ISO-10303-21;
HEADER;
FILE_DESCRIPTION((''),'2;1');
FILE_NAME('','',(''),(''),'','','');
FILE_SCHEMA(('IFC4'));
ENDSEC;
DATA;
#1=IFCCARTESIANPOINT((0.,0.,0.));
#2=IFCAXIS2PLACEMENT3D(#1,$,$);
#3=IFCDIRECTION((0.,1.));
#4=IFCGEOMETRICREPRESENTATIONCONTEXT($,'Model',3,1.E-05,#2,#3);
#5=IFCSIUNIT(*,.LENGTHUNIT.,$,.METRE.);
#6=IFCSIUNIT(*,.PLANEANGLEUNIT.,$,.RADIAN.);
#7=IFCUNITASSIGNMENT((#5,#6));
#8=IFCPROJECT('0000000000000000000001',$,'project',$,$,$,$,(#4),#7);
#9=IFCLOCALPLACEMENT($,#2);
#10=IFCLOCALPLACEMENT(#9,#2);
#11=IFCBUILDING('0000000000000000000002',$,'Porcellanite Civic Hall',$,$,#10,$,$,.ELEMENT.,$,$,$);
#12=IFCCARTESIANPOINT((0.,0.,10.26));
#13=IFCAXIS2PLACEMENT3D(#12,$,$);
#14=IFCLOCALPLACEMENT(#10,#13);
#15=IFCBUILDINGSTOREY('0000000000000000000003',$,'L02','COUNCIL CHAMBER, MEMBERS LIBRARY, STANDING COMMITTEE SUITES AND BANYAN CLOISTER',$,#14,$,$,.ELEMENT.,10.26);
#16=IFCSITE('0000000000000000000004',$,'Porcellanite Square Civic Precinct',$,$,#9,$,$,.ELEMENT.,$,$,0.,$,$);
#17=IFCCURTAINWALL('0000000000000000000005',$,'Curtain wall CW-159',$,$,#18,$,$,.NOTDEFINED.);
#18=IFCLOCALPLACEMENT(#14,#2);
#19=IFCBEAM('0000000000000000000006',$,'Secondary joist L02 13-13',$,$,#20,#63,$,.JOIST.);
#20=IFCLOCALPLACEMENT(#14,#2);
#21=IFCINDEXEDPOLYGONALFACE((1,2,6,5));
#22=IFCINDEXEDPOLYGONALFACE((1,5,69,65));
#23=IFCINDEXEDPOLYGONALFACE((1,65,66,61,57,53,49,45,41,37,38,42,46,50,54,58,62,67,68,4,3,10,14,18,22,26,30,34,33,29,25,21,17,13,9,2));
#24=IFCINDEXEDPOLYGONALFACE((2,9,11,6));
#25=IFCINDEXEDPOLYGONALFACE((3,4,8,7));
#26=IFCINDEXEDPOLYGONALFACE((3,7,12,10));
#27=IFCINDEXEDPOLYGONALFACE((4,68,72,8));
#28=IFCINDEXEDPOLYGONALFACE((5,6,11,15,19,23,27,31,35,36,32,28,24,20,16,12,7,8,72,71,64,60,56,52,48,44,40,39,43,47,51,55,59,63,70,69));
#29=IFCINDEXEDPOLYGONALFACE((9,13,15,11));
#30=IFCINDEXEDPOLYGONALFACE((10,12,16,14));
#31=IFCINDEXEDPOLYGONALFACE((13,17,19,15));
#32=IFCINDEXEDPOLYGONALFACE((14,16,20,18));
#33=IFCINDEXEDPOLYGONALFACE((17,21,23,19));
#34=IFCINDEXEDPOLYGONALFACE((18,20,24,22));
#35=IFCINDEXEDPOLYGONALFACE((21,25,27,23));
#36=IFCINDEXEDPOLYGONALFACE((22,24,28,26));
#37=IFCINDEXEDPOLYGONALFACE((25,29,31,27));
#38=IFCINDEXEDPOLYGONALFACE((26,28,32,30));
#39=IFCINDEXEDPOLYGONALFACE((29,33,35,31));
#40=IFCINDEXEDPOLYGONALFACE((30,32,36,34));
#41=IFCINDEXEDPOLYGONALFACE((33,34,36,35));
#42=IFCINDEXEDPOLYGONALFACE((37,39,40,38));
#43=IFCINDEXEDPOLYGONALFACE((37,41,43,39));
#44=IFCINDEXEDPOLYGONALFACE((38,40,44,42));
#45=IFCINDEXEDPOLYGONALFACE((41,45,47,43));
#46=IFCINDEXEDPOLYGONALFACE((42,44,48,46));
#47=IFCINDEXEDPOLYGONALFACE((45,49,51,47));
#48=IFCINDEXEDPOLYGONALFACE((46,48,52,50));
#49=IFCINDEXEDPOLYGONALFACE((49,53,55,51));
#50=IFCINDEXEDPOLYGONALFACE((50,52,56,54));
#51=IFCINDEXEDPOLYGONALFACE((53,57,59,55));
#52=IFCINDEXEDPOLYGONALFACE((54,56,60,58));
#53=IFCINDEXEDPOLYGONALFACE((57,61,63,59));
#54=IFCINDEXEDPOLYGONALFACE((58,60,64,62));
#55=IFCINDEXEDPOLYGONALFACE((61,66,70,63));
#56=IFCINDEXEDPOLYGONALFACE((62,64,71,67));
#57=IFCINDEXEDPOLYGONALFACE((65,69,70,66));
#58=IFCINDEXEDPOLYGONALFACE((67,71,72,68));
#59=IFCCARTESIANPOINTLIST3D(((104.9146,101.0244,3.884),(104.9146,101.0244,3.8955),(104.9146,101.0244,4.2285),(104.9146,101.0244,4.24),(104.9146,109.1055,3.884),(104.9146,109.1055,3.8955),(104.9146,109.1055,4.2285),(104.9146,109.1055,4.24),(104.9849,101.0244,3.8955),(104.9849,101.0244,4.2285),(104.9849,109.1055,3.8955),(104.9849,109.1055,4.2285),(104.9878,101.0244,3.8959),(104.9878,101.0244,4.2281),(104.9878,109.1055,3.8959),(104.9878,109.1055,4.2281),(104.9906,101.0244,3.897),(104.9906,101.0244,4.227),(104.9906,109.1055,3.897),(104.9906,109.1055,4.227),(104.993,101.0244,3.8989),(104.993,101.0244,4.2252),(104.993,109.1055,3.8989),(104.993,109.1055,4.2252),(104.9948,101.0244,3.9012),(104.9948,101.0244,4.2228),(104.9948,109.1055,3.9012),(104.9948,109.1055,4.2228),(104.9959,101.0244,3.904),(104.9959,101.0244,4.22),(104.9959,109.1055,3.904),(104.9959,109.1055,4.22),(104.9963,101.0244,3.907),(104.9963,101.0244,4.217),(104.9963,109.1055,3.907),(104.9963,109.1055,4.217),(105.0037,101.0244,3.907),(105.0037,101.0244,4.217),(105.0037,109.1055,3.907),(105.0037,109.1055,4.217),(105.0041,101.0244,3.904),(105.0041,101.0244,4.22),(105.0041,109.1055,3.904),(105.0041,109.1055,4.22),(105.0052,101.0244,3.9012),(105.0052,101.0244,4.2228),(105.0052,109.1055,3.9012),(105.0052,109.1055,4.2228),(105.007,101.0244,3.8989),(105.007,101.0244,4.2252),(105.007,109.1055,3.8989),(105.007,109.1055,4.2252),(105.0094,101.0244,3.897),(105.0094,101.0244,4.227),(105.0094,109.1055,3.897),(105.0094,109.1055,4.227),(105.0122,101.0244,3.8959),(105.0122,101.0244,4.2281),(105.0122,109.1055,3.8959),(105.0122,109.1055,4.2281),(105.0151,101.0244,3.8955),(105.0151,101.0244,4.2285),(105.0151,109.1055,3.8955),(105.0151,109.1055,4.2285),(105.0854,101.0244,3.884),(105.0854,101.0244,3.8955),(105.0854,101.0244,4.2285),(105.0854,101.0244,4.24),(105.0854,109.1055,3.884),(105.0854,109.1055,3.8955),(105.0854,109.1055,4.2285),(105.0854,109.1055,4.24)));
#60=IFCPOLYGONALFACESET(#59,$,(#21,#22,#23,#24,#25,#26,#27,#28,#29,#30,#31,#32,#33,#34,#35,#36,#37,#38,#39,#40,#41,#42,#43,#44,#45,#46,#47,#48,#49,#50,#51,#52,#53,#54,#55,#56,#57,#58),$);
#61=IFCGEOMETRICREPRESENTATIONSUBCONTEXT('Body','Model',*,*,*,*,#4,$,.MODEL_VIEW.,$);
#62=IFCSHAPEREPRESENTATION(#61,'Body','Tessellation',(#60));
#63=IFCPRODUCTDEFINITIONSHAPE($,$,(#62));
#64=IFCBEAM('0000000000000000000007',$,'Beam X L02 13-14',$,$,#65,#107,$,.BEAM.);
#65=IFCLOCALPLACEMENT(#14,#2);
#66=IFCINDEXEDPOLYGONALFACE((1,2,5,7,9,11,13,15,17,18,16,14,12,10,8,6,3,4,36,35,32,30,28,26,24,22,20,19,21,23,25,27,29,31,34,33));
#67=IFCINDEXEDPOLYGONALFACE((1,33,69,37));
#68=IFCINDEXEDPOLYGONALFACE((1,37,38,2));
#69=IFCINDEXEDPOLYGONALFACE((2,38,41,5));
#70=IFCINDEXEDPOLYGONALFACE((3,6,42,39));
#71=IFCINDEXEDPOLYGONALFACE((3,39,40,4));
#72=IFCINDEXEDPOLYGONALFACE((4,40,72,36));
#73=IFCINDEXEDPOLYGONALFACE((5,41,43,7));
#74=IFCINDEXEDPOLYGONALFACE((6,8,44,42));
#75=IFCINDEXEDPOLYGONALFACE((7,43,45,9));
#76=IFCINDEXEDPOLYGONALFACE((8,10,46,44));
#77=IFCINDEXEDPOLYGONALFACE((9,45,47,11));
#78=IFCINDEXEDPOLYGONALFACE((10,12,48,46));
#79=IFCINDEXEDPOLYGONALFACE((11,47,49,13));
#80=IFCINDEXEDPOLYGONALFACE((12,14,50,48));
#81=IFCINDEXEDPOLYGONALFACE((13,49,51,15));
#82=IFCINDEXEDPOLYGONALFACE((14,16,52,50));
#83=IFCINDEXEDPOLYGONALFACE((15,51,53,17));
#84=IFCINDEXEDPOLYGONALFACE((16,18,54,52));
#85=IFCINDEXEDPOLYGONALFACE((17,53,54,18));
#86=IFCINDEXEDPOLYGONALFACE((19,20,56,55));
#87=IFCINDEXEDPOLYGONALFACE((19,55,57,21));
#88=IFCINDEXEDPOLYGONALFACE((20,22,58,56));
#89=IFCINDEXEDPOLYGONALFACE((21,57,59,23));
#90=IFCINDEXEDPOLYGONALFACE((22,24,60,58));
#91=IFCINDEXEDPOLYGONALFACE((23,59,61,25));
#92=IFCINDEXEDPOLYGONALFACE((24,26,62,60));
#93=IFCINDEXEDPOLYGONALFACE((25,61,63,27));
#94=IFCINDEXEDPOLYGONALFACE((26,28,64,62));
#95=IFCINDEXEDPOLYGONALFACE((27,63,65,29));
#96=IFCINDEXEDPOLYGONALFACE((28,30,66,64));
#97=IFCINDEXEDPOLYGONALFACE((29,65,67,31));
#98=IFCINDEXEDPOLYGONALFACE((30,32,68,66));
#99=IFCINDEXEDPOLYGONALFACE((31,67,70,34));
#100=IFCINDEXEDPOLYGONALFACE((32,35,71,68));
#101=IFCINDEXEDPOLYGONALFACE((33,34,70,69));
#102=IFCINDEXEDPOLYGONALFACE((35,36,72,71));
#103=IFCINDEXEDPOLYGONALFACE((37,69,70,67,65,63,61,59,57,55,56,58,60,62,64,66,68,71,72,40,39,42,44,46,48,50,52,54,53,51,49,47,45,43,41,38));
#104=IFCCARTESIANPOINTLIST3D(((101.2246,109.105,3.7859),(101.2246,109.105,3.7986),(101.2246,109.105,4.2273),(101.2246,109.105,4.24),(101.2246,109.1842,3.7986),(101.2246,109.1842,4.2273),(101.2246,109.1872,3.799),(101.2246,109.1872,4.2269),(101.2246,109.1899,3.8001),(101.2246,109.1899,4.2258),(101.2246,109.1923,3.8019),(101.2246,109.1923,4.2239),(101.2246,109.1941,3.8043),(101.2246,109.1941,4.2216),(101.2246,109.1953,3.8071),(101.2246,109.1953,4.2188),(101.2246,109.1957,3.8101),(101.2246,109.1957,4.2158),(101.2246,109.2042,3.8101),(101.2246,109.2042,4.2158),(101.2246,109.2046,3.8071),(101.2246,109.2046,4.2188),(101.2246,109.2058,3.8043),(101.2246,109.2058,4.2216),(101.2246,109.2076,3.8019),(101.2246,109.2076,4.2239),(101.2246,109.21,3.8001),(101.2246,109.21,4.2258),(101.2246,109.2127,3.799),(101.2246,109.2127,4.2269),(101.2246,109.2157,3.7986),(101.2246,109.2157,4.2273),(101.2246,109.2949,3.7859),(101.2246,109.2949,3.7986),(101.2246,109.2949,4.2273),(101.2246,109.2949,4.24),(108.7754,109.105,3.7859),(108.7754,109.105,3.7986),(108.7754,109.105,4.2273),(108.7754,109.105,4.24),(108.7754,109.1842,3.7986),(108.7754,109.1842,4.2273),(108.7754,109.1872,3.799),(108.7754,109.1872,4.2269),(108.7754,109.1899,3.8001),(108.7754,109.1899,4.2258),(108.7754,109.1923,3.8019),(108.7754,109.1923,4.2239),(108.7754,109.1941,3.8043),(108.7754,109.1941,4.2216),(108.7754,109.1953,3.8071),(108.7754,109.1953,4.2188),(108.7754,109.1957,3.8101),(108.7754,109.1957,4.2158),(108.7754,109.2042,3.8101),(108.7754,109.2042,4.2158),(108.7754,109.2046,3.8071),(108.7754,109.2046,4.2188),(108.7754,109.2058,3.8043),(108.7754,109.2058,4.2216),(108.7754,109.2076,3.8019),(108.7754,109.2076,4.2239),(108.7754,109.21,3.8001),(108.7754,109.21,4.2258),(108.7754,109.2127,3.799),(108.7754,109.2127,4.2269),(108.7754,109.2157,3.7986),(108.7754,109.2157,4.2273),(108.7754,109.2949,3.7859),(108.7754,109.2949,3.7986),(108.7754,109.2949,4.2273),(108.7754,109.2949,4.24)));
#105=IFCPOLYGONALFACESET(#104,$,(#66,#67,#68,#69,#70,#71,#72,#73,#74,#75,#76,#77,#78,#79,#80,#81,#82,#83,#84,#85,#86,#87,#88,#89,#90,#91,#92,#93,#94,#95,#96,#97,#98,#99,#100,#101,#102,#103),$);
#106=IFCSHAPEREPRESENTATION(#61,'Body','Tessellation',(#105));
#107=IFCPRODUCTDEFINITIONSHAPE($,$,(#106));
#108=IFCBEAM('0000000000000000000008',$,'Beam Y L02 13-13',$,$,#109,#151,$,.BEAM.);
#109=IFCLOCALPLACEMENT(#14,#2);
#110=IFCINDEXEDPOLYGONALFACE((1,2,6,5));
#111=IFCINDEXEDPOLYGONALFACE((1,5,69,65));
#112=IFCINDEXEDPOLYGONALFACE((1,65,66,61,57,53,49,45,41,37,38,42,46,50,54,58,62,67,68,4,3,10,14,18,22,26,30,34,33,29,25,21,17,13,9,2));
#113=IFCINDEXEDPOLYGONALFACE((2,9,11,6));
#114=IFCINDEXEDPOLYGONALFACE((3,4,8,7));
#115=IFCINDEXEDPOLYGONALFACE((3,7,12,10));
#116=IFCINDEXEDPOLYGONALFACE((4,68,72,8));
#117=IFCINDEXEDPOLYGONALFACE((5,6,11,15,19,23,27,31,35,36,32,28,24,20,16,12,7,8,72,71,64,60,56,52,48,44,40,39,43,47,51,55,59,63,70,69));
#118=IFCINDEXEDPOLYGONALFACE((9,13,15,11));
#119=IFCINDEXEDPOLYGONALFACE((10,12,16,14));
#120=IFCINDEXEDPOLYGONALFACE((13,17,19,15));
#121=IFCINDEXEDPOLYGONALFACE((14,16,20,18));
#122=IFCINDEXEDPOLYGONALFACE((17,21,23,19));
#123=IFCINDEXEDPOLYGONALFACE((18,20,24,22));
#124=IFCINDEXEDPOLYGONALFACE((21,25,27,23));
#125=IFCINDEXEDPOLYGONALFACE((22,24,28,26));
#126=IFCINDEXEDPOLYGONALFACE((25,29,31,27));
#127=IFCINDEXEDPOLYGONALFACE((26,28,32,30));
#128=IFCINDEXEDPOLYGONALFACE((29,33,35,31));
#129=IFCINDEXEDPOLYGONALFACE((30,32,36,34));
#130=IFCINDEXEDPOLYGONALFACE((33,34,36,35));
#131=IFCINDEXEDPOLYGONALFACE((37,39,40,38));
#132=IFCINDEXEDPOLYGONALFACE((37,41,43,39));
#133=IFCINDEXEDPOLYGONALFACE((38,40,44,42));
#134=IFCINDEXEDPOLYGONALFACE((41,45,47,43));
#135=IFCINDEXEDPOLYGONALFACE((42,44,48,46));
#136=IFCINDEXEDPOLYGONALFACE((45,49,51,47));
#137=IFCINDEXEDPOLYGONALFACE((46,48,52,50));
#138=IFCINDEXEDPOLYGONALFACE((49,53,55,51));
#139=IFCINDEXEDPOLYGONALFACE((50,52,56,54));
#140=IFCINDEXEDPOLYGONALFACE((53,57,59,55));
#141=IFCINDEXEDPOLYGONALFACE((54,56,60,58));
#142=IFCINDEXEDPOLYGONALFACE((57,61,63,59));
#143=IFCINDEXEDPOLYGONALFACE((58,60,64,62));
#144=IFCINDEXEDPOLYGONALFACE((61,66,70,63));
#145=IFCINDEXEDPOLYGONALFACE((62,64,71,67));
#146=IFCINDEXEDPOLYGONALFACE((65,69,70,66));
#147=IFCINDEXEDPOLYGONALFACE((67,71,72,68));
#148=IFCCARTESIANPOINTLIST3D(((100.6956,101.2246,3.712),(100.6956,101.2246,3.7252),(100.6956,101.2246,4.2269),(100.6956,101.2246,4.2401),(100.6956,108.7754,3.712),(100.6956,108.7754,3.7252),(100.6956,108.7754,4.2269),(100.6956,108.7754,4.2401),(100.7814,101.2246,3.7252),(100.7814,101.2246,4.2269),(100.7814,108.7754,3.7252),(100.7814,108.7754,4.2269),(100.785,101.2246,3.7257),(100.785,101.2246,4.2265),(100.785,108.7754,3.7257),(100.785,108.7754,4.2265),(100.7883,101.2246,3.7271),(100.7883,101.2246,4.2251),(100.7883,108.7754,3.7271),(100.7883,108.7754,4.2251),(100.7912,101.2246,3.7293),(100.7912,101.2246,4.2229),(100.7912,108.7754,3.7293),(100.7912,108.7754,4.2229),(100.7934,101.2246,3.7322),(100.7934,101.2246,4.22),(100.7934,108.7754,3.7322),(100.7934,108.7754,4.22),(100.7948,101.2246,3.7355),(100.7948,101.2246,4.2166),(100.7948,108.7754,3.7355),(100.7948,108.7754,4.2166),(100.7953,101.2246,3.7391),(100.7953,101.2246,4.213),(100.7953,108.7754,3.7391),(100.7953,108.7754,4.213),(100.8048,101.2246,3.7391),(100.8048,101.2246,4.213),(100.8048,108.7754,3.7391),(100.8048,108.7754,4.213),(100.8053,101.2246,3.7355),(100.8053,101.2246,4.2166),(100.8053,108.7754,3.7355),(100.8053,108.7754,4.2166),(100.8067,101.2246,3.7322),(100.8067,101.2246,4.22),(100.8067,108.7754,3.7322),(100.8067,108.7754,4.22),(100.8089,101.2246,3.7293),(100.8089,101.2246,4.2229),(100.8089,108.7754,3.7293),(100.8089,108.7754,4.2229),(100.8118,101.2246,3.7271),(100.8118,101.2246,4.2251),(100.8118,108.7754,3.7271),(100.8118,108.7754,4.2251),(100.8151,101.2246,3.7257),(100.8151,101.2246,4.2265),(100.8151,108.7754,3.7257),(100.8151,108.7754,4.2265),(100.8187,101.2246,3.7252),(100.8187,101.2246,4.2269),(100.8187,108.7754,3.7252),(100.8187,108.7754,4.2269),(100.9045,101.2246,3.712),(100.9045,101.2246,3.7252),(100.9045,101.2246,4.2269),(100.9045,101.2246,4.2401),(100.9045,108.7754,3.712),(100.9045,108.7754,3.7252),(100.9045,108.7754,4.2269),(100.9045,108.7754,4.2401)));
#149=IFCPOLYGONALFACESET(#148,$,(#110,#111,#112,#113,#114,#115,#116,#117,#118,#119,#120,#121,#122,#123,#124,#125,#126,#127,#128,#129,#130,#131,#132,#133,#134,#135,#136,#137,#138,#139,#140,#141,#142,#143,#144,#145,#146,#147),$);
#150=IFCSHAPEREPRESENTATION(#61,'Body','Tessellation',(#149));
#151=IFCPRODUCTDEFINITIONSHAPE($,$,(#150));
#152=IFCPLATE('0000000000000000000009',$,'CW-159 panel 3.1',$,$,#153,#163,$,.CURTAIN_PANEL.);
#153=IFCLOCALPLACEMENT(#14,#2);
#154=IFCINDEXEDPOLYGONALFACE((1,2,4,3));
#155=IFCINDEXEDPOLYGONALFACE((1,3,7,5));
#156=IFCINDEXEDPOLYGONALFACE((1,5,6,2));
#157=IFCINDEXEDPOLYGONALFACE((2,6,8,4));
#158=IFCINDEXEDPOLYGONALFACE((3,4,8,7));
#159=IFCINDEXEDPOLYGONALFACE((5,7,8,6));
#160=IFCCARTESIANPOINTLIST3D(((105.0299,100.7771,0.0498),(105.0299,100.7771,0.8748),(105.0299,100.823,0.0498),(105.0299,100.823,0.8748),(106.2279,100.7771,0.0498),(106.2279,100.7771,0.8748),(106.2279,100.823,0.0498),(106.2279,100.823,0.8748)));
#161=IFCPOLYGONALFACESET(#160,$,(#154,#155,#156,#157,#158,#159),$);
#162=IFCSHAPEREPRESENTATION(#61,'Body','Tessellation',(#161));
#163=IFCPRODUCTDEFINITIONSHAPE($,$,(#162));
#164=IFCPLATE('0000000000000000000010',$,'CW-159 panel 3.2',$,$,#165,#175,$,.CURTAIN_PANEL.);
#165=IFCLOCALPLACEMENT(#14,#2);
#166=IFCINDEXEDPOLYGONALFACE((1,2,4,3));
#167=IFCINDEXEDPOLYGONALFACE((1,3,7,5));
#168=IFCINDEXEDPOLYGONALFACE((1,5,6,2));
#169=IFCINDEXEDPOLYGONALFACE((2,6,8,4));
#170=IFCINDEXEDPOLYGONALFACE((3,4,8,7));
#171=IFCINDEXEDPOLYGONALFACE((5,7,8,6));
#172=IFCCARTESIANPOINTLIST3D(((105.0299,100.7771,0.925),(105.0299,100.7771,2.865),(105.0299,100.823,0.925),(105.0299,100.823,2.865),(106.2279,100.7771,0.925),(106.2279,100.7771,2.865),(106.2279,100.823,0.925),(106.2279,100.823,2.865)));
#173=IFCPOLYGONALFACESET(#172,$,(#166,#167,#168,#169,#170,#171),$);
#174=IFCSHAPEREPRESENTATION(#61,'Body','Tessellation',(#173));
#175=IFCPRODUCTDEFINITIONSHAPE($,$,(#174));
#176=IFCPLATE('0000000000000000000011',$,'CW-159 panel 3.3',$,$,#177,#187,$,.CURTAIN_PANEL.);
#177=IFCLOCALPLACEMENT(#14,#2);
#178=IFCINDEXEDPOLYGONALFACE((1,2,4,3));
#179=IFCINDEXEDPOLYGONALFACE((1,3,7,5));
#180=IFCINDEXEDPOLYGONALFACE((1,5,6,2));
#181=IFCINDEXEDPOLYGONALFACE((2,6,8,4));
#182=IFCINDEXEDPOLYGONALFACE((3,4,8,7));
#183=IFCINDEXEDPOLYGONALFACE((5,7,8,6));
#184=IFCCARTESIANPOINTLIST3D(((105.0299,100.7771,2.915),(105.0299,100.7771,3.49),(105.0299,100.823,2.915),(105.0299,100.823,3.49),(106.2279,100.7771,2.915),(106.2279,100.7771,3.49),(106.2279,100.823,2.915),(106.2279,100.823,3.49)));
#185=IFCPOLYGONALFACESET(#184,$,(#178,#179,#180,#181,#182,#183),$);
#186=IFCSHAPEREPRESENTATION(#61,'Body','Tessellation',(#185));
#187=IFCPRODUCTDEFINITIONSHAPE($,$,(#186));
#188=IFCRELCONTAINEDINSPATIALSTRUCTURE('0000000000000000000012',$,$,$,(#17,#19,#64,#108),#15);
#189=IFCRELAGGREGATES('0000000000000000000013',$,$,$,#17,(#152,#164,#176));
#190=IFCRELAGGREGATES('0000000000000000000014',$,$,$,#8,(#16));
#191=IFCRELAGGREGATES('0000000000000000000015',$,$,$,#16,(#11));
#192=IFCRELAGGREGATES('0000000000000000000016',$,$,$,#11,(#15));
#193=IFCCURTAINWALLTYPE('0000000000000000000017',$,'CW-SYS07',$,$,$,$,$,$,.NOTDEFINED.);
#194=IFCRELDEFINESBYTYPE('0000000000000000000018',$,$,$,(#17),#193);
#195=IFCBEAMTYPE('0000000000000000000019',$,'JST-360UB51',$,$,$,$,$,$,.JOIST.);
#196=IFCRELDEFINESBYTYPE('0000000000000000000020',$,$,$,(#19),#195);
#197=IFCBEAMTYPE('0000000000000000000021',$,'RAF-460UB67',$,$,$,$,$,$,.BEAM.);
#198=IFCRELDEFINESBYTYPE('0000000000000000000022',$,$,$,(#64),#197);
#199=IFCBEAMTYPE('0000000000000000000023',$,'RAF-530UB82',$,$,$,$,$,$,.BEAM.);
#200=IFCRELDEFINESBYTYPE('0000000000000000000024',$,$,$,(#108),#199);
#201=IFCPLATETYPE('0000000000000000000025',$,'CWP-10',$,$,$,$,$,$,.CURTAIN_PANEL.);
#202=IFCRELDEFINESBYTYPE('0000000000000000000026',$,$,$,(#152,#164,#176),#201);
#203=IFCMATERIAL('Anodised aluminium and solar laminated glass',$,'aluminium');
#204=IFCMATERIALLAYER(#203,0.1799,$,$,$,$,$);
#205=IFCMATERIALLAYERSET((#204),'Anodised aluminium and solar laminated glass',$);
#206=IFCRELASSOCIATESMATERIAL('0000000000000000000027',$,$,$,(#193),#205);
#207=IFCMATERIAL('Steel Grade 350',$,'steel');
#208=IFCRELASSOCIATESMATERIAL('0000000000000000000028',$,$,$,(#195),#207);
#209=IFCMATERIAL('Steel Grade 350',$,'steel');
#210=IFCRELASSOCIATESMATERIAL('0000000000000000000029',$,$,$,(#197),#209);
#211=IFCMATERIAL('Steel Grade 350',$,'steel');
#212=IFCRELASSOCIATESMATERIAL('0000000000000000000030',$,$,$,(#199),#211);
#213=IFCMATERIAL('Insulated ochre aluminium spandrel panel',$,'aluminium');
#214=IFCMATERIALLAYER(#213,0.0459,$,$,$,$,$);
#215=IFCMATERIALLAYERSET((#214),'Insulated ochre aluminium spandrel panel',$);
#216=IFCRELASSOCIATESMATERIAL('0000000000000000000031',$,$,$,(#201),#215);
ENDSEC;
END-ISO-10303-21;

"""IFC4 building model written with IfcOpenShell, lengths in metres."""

from ifc_helpers import new_model, si_unit, direction, frame, origin, origin_2d, place, context, subcontext, project, spatial, rectangle, i_section, extrude, material, layer, layer_set, material_profile, profile_set, type_object, element, aggregate, save


model = new_model("IFC4")

# Units and contexts
model_context = context("Model", 3, precision=1e-05, world=origin(), true_north=direction((0.0, 1.0)))
body_context = subcontext(model_context, "Body", "Model", "MODEL_VIEW")
ifc_project = project(units=[si_unit("LENGTHUNIT", "METRE"), si_unit("PLANEANGLEUNIT", "RADIAN")], contexts=[model_context])

# Site, building, storey
site_placement = place(None, origin())
site = spatial("IfcSite", under=ifc_project, at=site_placement, Name="Porcellanite Square Civic Precinct", CompositionType="ELEMENT", RefElevation=0.0)
building_placement = place(site_placement, origin())
building = spatial("IfcBuilding", under=site, at=building_placement, Name="Porcellanite Civic Hall", CompositionType="ELEMENT")
storey_placement = place(building_placement, frame((0.0, 0.0, 10.26)))
storey = spatial("IfcBuildingStorey", under=building, at=storey_placement, Name="L02", Description="COUNCIL CHAMBER, MEMBERS LIBRARY, STANDING COMMITTEE SUITES AND BANYAN CLOISTER", CompositionType="ELEMENT", Elevation=10.26)

# Curtain wall
ifc_material_1 = material(Name="Anodised aluminium and solar laminated glass", Category="aluminium")
ifc_layer_1 = layer(ifc_material_1, 0.1799)
ifc_layer_set_1 = layer_set([ifc_layer_1], Name="Anodised aluminium and solar laminated glass")
curtain_wall_type = type_object("IfcCurtainWallType", Name="CW-SYS07", PredefinedType="NOTDEFINED", material=ifc_layer_set_1)
curtain_wall_placement = place(storey_placement, origin())
curtain_wall = element("IfcCurtainWall", 1, at=curtain_wall_placement, inside=storey, type_object=curtain_wall_type, Name="Curtain wall CW-159", PredefinedType="NOTDEFINED")

# Beams
ifc_material_2 = material(Name="Steel Grade 350", Category="steel")
ifc_material_profile_1 = material_profile(ifc_material_2, i_section(OverallWidth=0.1709, OverallDepth=0.356, WebThickness=0.0073, FlangeThickness=0.0115, FilletRadius=0.0115, at=origin_2d()), Name="360UB50.7")
ifc_profile_set_1 = profile_set([ifc_material_profile_1], Name="Steel Grade 350")
beam_type_1 = type_object("IfcBeamType", Name="JST-360UB51", PredefinedType="JOIST", material=ifc_profile_set_1)
beam_1_placement = place(storey_placement, frame((105.0, 101.0244, 4.062), z_axis=(0.0, 1.0, 0.0), x_axis=(-1.0, 0.0, 0.0)))
element("IfcBeam", 2, at=beam_1_placement, inside=storey, type_object=beam_type_1, Name="Secondary joist L02 13-13", PredefinedType="JOIST", context=body_context, shape_type="SweptSolid", body=[
    extrude(i_section(OverallWidth=0.1709, OverallDepth=0.356, WebThickness=0.0073, FlangeThickness=0.0115, FilletRadius=0.0115, at=origin_2d()), origin(), (0.0, 0.0, 1.0), 8.0811),
])
ifc_material_3 = material(Name="Steel Grade 350", Category="steel")
ifc_material_profile_2 = material_profile(ifc_material_3, i_section(OverallWidth=0.1899, OverallDepth=0.4541, WebThickness=0.0085, FlangeThickness=0.0127, FilletRadius=0.0115, at=origin_2d()), Name="460UB67.1")
ifc_profile_set_2 = profile_set([ifc_material_profile_2], Name="Steel Grade 350")
beam_type_2 = type_object("IfcBeamType", Name="RAF-460UB67", PredefinedType="BEAM", material=ifc_profile_set_2)
beam_2_placement = place(storey_placement, frame((101.2246, 109.2, 4.0129), z_axis=(1.0, 0.0, 0.0), x_axis=(0.0, 1.0, 0.0)))
element("IfcBeam", 3, at=beam_2_placement, inside=storey, type_object=beam_type_2, Name="Beam X L02 13-14", PredefinedType="BEAM", context=body_context, shape_type="SweptSolid", body=[
    extrude(i_section(OverallWidth=0.1899, OverallDepth=0.4541, WebThickness=0.0085, FlangeThickness=0.0127, FilletRadius=0.0115, at=origin_2d()), origin(), (0.0, 0.0, 1.0), 7.5508),
])
ifc_material_4 = material(Name="Steel Grade 350", Category="steel")
ifc_material_profile_3 = material_profile(ifc_material_4, i_section(OverallWidth=0.209, OverallDepth=0.5281, WebThickness=0.0095, FlangeThickness=0.0132, FilletRadius=0.0139, at=origin_2d()), Name="530UB82.0")
ifc_profile_set_3 = profile_set([ifc_material_profile_3], Name="Steel Grade 350")
beam_type_3 = type_object("IfcBeamType", Name="RAF-530UB82", PredefinedType="BEAM", material=ifc_profile_set_3)
beam_3_placement = place(storey_placement, frame((100.8, 101.2246, 3.9761), z_axis=(0.0, 1.0, 0.0), x_axis=(-1.0, 0.0, 0.0)))
element("IfcBeam", 4, at=beam_3_placement, inside=storey, type_object=beam_type_3, Name="Beam Y L02 13-13", PredefinedType="BEAM", context=body_context, shape_type="SweptSolid", body=[
    extrude(i_section(OverallWidth=0.209, OverallDepth=0.5281, WebThickness=0.0095, FlangeThickness=0.0132, FilletRadius=0.0139, at=origin_2d()), origin(), (0.0, 0.0, 1.0), 7.5508),
])

# Plates
ifc_material_5 = material(Name="Insulated ochre aluminium spandrel panel", Category="aluminium")
ifc_layer_2 = layer(ifc_material_5, 0.0459)
ifc_layer_set_2 = layer_set([ifc_layer_2], Name="Insulated ochre aluminium spandrel panel")
plate_type = type_object("IfcPlateType", Name="CWP-10", PredefinedType="CURTAIN_PANEL", material=ifc_layer_set_2)
plate_1_placement = place(storey_placement, frame((105.6289, 100.8, 0.0498), z_axis=(0.0, 0.0, 1.0), x_axis=(-1.0, 0.0, 0.0)))
plate_1 = element("IfcPlate", 5, at=plate_1_placement, type_object=plate_type, Name="CW-159 panel 3.1", PredefinedType="CURTAIN_PANEL", context=body_context, shape_type="SweptSolid", body=[
    extrude(rectangle(XDim=1.198, YDim=0.0459, at=origin_2d()), origin(), (0.0, 0.0, 1.0), 0.825),
])
plate_2_placement = place(storey_placement, frame((105.6289, 100.8, 0.925), z_axis=(0.0, 0.0, 1.0), x_axis=(-1.0, 0.0, 0.0)))
plate_2 = element("IfcPlate", 6, at=plate_2_placement, type_object=plate_type, Name="CW-159 panel 3.2", PredefinedType="CURTAIN_PANEL", context=body_context, shape_type="SweptSolid", body=[
    extrude(rectangle(XDim=1.198, YDim=0.0459, at=origin_2d()), origin(), (0.0, 0.0, 1.0), 1.9399),
])
plate_3_placement = place(storey_placement, frame((105.6289, 100.8, 2.915), z_axis=(0.0, 0.0, 1.0), x_axis=(-1.0, 0.0, 0.0)))
plate_3 = element("IfcPlate", 7, at=plate_3_placement, type_object=plate_type, Name="CW-159 panel 3.3", PredefinedType="CURTAIN_PANEL", context=body_context, shape_type="SweptSolid", body=[
    extrude(rectangle(XDim=1.198, YDim=0.0459, at=origin_2d()), origin(), (0.0, 0.0, 1.0), 0.575),
])
aggregate(curtain_wall, [plate_1, plate_2, plate_3])

save(model, "model.ifc")
